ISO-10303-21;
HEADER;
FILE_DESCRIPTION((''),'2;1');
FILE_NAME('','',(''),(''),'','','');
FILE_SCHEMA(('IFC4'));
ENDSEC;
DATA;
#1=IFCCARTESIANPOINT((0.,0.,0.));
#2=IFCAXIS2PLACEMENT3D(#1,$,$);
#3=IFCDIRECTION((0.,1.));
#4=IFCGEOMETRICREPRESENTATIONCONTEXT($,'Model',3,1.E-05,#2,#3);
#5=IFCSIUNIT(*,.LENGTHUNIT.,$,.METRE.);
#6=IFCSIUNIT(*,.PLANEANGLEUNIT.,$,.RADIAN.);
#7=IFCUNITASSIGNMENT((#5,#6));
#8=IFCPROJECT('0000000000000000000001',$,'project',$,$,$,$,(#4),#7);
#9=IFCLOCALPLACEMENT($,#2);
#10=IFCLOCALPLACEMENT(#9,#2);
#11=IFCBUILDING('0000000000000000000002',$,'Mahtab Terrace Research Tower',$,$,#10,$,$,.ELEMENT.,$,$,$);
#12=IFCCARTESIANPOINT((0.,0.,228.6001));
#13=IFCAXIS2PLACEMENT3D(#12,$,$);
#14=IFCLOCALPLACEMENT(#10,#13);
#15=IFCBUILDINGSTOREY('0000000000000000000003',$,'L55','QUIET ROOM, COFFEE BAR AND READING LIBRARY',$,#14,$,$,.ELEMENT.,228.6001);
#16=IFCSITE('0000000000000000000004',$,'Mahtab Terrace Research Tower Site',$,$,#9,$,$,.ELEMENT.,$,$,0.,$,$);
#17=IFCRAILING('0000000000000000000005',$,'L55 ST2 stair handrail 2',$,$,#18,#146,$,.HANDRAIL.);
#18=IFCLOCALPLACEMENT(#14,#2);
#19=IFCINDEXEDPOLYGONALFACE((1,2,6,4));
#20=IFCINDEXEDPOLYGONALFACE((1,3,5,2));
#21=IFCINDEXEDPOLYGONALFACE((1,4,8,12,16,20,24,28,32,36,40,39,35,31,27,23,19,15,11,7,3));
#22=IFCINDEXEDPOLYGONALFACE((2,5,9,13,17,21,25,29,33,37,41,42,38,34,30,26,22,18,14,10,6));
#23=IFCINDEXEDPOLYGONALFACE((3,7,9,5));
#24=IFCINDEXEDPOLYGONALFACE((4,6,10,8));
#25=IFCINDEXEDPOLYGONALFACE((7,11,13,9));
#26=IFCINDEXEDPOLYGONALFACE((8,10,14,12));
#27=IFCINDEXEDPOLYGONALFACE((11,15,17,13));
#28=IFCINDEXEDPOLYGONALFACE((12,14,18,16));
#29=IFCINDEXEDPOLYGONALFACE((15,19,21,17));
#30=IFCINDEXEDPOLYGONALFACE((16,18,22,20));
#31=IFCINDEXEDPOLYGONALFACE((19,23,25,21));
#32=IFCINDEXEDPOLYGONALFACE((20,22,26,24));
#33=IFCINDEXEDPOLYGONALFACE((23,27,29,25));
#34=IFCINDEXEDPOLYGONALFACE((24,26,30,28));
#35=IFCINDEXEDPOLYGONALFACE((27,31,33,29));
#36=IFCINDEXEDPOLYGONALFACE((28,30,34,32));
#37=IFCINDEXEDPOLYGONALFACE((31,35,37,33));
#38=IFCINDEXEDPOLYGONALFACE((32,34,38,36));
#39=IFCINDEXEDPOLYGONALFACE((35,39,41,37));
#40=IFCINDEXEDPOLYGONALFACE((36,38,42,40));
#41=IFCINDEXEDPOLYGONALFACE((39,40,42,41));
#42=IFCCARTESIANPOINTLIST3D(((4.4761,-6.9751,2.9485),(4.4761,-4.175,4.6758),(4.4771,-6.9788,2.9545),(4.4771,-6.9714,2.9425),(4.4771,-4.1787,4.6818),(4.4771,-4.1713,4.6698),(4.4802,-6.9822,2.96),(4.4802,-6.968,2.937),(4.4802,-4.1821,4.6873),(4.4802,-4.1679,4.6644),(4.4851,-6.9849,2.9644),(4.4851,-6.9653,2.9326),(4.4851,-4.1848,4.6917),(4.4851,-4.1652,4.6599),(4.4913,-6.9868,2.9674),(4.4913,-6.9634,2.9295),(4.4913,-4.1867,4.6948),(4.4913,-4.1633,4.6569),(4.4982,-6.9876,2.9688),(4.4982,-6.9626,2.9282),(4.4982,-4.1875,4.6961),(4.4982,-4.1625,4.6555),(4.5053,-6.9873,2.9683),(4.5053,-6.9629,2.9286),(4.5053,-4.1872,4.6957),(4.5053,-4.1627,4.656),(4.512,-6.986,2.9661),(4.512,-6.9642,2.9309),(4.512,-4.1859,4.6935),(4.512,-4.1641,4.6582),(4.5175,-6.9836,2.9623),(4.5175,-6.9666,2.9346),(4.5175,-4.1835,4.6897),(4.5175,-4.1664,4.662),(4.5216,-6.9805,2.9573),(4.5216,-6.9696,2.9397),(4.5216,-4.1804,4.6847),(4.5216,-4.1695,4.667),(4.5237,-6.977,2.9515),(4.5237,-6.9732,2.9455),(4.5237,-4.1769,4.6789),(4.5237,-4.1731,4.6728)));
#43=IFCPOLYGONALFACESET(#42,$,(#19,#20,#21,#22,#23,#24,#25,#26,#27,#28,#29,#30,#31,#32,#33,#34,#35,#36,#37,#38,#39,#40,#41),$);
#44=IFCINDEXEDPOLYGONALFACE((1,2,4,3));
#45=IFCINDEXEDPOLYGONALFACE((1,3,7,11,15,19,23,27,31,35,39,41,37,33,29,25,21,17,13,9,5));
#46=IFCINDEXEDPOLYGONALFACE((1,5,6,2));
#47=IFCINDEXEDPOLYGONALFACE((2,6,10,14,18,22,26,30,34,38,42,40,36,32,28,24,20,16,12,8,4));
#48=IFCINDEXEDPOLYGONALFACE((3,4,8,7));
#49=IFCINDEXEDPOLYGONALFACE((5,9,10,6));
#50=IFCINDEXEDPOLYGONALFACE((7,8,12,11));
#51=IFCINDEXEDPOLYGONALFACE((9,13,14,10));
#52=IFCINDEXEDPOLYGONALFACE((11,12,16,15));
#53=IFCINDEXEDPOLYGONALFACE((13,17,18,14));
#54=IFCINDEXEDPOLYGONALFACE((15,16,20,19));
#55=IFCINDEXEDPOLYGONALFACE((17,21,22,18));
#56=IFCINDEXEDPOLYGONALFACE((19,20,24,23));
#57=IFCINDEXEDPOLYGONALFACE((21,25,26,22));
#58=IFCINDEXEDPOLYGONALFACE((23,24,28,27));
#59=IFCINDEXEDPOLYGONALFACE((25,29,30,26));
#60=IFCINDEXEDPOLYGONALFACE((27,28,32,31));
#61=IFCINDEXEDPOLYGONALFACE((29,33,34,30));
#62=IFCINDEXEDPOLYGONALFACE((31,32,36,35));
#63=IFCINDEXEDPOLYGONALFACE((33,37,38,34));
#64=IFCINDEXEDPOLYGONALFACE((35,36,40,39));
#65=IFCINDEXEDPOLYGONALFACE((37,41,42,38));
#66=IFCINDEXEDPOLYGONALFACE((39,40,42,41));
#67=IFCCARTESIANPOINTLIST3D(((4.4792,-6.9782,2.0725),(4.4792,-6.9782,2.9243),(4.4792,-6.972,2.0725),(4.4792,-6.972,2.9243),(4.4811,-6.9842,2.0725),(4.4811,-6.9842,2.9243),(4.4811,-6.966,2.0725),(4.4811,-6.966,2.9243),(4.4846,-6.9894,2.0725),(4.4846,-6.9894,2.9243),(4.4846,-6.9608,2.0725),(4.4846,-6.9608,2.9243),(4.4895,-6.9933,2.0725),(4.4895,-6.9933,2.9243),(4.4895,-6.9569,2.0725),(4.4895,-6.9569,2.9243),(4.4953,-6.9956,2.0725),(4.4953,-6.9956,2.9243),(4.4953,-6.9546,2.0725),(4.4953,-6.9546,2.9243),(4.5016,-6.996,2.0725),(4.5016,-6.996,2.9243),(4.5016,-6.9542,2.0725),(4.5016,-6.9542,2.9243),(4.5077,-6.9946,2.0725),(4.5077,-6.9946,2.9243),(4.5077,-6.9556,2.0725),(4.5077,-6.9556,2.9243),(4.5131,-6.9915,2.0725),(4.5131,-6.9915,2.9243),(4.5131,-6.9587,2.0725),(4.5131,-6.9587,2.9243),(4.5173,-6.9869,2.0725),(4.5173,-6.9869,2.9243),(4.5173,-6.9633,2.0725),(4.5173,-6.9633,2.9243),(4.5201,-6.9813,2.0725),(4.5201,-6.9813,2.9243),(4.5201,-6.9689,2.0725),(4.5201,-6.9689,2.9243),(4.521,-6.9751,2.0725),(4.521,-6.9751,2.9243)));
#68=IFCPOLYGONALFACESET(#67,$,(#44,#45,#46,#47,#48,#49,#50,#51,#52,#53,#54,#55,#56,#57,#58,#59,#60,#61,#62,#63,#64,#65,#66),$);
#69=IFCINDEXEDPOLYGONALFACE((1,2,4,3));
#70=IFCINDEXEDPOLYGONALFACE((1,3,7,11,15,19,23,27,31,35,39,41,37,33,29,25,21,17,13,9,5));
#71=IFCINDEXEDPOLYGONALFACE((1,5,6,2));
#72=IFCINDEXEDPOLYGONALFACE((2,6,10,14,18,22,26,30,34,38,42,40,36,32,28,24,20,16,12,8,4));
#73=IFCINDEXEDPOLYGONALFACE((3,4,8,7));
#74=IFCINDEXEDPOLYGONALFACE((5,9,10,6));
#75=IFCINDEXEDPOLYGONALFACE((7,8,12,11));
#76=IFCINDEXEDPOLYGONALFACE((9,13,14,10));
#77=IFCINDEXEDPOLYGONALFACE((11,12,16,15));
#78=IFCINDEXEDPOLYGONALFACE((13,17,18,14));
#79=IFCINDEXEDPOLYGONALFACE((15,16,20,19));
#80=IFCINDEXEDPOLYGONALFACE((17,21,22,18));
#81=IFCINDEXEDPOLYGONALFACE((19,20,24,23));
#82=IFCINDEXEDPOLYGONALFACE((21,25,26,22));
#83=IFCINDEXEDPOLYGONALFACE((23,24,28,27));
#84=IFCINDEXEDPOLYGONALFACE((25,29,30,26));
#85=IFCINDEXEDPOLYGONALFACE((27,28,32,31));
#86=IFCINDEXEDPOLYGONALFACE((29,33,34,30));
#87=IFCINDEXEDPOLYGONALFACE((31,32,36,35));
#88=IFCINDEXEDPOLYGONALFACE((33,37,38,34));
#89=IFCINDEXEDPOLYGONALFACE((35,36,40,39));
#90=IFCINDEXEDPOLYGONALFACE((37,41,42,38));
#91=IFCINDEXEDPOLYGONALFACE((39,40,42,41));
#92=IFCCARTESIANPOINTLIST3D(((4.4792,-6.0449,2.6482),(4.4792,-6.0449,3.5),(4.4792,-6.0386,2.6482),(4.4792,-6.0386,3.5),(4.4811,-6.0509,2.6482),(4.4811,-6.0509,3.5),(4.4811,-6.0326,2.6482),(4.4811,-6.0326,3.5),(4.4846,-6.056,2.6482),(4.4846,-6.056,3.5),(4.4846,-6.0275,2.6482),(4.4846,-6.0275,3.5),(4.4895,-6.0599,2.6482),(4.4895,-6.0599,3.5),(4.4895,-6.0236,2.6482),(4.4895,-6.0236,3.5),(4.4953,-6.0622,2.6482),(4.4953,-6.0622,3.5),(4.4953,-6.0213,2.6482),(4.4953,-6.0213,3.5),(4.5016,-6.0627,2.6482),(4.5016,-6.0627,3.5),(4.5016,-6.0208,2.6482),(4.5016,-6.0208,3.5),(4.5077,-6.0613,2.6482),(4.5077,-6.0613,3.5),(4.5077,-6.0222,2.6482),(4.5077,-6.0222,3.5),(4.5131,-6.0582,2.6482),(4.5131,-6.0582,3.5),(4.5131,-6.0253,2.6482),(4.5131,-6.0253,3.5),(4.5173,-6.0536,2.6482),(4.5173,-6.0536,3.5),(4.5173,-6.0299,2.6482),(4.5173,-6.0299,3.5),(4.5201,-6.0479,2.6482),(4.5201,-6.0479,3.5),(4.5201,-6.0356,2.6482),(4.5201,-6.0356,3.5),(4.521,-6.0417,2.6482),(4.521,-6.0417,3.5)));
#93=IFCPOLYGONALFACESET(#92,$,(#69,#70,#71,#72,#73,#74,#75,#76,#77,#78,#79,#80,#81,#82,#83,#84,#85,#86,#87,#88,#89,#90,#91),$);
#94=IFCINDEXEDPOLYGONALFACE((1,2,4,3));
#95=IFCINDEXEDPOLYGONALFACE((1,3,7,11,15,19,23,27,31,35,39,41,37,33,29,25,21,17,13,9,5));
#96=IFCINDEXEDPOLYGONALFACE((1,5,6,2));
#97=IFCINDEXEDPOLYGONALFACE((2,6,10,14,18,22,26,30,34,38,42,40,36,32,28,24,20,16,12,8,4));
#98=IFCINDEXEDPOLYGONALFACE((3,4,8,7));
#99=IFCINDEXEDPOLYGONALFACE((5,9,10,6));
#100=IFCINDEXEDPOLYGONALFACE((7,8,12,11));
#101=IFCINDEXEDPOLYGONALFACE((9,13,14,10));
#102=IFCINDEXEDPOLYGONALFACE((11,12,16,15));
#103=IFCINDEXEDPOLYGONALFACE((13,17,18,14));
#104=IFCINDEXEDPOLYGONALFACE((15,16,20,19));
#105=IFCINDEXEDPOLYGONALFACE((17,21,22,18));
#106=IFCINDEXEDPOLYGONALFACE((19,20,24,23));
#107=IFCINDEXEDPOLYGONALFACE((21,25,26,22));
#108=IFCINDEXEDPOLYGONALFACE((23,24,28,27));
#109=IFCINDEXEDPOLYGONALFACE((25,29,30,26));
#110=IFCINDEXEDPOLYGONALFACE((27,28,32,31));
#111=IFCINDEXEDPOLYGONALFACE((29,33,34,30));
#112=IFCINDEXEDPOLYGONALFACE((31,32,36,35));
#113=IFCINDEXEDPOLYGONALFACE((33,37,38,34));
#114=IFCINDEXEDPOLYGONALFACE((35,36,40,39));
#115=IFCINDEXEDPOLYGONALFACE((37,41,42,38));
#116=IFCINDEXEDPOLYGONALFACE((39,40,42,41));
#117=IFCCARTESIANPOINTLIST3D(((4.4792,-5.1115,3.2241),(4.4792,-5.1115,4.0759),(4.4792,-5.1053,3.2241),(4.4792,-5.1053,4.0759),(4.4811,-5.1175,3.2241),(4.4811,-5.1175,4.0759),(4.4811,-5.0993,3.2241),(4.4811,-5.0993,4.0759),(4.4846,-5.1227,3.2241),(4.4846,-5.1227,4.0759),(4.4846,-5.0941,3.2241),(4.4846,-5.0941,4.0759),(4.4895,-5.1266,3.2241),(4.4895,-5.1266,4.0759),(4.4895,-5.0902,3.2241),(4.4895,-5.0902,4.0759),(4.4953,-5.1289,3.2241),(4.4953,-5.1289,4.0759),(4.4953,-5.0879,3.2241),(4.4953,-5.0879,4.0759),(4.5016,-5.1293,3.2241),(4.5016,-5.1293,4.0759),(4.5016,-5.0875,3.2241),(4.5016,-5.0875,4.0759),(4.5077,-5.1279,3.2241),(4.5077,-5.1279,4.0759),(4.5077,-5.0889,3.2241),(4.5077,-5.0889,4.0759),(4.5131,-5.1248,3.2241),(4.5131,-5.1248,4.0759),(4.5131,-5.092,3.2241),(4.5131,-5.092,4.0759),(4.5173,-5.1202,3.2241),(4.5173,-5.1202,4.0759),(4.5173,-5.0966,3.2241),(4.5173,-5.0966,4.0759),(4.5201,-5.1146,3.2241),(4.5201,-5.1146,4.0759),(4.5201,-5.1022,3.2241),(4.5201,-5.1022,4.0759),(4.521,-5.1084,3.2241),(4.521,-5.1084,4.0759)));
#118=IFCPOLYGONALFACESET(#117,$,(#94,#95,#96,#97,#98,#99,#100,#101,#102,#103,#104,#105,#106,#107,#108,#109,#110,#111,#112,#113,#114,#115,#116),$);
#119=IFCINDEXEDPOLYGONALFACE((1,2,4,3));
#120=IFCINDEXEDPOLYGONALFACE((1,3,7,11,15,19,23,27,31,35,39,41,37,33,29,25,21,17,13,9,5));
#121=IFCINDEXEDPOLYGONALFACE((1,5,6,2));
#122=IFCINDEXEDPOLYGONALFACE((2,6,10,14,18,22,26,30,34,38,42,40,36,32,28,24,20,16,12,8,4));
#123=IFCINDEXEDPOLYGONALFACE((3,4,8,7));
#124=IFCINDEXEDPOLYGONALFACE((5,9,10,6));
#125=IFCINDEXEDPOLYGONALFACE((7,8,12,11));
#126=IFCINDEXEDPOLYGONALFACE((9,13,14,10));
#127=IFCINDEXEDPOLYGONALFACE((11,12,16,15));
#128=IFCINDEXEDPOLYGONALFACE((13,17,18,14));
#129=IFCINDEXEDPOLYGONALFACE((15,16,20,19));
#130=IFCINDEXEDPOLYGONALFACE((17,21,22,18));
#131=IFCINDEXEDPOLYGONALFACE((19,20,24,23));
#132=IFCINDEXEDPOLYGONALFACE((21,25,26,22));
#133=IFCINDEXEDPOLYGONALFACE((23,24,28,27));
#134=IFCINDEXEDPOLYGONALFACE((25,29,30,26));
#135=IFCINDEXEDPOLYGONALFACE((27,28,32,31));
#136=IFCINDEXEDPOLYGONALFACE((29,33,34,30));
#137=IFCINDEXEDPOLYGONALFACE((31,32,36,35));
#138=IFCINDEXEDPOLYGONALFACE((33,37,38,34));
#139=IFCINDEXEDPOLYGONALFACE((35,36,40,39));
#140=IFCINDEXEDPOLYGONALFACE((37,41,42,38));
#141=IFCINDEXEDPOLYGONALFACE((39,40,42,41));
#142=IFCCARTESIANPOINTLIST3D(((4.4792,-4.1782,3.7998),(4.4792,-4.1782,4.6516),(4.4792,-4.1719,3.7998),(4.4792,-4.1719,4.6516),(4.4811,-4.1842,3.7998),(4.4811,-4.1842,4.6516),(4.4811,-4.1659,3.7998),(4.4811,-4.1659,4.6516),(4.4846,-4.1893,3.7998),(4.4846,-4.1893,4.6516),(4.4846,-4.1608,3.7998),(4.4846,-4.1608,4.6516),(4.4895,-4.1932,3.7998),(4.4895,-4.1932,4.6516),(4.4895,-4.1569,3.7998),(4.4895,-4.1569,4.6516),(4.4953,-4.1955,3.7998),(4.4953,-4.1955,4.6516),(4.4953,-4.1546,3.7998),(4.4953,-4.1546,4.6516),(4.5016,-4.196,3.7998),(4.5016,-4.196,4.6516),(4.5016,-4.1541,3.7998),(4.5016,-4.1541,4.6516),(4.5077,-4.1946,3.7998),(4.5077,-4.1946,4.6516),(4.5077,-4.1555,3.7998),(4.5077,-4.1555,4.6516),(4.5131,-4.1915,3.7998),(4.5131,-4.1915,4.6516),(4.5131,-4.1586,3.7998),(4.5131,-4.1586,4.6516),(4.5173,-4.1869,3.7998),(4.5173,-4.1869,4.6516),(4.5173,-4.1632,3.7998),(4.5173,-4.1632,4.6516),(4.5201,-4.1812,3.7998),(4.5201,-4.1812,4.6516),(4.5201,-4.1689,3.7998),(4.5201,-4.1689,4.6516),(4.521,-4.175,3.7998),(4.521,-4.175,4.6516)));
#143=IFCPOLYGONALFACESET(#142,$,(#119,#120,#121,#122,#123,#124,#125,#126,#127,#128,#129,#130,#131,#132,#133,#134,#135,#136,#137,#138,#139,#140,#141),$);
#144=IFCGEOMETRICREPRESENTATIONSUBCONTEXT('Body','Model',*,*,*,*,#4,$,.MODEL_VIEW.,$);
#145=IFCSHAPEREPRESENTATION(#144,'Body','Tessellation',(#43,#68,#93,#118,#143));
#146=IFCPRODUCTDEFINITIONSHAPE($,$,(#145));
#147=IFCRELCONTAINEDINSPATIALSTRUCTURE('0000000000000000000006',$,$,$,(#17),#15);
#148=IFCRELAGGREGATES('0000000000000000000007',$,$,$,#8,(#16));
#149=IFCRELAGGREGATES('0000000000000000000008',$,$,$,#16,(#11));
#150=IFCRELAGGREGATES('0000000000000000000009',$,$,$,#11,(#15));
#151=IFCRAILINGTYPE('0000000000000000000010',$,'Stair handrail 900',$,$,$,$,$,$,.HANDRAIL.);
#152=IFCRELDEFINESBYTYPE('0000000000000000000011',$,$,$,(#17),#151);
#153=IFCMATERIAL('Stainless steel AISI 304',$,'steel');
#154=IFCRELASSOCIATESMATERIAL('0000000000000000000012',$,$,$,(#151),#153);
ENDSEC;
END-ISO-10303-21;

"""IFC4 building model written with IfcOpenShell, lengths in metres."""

from ifc_helpers import new_model, si_unit, direction, frame, origin, origin_2d, place, context, subcontext, project, spatial, circle, extrude, material, type_object, element, save


model = new_model("IFC4")

# Units and contexts
model_context = context("Model", 3, precision=1e-05, world=origin(), true_north=direction((0.0, 1.0)))
body_context = subcontext(model_context, "Body", "Model", "MODEL_VIEW")
ifc_project = project(units=[si_unit("LENGTHUNIT", "METRE"), si_unit("PLANEANGLEUNIT", "RADIAN")], contexts=[model_context])

# Site, building, storey
site_placement = place(None, origin())
site = spatial("IfcSite", under=ifc_project, at=site_placement, Name="Mahtab Terrace Research Tower Site", CompositionType="ELEMENT", RefElevation=0.0)
building_placement = place(site_placement, origin())
building = spatial("IfcBuilding", under=site, at=building_placement, Name="Mahtab Terrace Research Tower", CompositionType="ELEMENT")
storey_placement = place(building_placement, frame((0.0, 0.0, 228.6001)))
storey = spatial("IfcBuildingStorey", under=building, at=storey_placement, Name="L55", Description="QUIET ROOM, COFFEE BAR AND READING LIBRARY", CompositionType="ELEMENT", Elevation=228.6001)

# Railing
ifc_material_1 = material(Name="Stainless steel AISI 304", Category="steel")
railing_type_1 = type_object("IfcRailingType", Name="Stair handrail 900", PredefinedType="HANDRAIL", material=ifc_material_1)
railing_1_placement = place(storey_placement, frame((4.5, -6.9751, 2.0725)))
element("IfcRailing", 1, at=railing_1_placement, inside=storey, type_object=railing_type_1, Name="L55 ST2 stair handrail 2", PredefinedType="HANDRAIL", context=body_context, shape_type="SweptSolid", body=[
    extrude(circle(Radius=0.0239, at=origin_2d()), frame((0.0, 0.0, 0.876), z_axis=(0.0, 0.85109, 0.52502), x_axis=(-1.0, 0.0, 0.0)), (0.0, 0.0, 1.0), 3.29),
    extrude(circle(Radius=0.021, at=origin_2d()), origin(), (0.0, 0.0, 1.0), 0.8518),
    extrude(circle(Radius=0.021, at=origin_2d()), frame((0.0, 0.9333, 0.5757)), (0.0, 0.0, 1.0), 0.8518),
    extrude(circle(Radius=0.021, at=origin_2d()), frame((0.0, 1.8667, 1.1516)), (0.0, 0.0, 1.0), 0.8518),
    extrude(circle(Radius=0.021, at=origin_2d()), frame((0.0, 2.8, 1.7273)), (0.0, 0.0, 1.0), 0.8518),
])

save(model, "model.ifc")
